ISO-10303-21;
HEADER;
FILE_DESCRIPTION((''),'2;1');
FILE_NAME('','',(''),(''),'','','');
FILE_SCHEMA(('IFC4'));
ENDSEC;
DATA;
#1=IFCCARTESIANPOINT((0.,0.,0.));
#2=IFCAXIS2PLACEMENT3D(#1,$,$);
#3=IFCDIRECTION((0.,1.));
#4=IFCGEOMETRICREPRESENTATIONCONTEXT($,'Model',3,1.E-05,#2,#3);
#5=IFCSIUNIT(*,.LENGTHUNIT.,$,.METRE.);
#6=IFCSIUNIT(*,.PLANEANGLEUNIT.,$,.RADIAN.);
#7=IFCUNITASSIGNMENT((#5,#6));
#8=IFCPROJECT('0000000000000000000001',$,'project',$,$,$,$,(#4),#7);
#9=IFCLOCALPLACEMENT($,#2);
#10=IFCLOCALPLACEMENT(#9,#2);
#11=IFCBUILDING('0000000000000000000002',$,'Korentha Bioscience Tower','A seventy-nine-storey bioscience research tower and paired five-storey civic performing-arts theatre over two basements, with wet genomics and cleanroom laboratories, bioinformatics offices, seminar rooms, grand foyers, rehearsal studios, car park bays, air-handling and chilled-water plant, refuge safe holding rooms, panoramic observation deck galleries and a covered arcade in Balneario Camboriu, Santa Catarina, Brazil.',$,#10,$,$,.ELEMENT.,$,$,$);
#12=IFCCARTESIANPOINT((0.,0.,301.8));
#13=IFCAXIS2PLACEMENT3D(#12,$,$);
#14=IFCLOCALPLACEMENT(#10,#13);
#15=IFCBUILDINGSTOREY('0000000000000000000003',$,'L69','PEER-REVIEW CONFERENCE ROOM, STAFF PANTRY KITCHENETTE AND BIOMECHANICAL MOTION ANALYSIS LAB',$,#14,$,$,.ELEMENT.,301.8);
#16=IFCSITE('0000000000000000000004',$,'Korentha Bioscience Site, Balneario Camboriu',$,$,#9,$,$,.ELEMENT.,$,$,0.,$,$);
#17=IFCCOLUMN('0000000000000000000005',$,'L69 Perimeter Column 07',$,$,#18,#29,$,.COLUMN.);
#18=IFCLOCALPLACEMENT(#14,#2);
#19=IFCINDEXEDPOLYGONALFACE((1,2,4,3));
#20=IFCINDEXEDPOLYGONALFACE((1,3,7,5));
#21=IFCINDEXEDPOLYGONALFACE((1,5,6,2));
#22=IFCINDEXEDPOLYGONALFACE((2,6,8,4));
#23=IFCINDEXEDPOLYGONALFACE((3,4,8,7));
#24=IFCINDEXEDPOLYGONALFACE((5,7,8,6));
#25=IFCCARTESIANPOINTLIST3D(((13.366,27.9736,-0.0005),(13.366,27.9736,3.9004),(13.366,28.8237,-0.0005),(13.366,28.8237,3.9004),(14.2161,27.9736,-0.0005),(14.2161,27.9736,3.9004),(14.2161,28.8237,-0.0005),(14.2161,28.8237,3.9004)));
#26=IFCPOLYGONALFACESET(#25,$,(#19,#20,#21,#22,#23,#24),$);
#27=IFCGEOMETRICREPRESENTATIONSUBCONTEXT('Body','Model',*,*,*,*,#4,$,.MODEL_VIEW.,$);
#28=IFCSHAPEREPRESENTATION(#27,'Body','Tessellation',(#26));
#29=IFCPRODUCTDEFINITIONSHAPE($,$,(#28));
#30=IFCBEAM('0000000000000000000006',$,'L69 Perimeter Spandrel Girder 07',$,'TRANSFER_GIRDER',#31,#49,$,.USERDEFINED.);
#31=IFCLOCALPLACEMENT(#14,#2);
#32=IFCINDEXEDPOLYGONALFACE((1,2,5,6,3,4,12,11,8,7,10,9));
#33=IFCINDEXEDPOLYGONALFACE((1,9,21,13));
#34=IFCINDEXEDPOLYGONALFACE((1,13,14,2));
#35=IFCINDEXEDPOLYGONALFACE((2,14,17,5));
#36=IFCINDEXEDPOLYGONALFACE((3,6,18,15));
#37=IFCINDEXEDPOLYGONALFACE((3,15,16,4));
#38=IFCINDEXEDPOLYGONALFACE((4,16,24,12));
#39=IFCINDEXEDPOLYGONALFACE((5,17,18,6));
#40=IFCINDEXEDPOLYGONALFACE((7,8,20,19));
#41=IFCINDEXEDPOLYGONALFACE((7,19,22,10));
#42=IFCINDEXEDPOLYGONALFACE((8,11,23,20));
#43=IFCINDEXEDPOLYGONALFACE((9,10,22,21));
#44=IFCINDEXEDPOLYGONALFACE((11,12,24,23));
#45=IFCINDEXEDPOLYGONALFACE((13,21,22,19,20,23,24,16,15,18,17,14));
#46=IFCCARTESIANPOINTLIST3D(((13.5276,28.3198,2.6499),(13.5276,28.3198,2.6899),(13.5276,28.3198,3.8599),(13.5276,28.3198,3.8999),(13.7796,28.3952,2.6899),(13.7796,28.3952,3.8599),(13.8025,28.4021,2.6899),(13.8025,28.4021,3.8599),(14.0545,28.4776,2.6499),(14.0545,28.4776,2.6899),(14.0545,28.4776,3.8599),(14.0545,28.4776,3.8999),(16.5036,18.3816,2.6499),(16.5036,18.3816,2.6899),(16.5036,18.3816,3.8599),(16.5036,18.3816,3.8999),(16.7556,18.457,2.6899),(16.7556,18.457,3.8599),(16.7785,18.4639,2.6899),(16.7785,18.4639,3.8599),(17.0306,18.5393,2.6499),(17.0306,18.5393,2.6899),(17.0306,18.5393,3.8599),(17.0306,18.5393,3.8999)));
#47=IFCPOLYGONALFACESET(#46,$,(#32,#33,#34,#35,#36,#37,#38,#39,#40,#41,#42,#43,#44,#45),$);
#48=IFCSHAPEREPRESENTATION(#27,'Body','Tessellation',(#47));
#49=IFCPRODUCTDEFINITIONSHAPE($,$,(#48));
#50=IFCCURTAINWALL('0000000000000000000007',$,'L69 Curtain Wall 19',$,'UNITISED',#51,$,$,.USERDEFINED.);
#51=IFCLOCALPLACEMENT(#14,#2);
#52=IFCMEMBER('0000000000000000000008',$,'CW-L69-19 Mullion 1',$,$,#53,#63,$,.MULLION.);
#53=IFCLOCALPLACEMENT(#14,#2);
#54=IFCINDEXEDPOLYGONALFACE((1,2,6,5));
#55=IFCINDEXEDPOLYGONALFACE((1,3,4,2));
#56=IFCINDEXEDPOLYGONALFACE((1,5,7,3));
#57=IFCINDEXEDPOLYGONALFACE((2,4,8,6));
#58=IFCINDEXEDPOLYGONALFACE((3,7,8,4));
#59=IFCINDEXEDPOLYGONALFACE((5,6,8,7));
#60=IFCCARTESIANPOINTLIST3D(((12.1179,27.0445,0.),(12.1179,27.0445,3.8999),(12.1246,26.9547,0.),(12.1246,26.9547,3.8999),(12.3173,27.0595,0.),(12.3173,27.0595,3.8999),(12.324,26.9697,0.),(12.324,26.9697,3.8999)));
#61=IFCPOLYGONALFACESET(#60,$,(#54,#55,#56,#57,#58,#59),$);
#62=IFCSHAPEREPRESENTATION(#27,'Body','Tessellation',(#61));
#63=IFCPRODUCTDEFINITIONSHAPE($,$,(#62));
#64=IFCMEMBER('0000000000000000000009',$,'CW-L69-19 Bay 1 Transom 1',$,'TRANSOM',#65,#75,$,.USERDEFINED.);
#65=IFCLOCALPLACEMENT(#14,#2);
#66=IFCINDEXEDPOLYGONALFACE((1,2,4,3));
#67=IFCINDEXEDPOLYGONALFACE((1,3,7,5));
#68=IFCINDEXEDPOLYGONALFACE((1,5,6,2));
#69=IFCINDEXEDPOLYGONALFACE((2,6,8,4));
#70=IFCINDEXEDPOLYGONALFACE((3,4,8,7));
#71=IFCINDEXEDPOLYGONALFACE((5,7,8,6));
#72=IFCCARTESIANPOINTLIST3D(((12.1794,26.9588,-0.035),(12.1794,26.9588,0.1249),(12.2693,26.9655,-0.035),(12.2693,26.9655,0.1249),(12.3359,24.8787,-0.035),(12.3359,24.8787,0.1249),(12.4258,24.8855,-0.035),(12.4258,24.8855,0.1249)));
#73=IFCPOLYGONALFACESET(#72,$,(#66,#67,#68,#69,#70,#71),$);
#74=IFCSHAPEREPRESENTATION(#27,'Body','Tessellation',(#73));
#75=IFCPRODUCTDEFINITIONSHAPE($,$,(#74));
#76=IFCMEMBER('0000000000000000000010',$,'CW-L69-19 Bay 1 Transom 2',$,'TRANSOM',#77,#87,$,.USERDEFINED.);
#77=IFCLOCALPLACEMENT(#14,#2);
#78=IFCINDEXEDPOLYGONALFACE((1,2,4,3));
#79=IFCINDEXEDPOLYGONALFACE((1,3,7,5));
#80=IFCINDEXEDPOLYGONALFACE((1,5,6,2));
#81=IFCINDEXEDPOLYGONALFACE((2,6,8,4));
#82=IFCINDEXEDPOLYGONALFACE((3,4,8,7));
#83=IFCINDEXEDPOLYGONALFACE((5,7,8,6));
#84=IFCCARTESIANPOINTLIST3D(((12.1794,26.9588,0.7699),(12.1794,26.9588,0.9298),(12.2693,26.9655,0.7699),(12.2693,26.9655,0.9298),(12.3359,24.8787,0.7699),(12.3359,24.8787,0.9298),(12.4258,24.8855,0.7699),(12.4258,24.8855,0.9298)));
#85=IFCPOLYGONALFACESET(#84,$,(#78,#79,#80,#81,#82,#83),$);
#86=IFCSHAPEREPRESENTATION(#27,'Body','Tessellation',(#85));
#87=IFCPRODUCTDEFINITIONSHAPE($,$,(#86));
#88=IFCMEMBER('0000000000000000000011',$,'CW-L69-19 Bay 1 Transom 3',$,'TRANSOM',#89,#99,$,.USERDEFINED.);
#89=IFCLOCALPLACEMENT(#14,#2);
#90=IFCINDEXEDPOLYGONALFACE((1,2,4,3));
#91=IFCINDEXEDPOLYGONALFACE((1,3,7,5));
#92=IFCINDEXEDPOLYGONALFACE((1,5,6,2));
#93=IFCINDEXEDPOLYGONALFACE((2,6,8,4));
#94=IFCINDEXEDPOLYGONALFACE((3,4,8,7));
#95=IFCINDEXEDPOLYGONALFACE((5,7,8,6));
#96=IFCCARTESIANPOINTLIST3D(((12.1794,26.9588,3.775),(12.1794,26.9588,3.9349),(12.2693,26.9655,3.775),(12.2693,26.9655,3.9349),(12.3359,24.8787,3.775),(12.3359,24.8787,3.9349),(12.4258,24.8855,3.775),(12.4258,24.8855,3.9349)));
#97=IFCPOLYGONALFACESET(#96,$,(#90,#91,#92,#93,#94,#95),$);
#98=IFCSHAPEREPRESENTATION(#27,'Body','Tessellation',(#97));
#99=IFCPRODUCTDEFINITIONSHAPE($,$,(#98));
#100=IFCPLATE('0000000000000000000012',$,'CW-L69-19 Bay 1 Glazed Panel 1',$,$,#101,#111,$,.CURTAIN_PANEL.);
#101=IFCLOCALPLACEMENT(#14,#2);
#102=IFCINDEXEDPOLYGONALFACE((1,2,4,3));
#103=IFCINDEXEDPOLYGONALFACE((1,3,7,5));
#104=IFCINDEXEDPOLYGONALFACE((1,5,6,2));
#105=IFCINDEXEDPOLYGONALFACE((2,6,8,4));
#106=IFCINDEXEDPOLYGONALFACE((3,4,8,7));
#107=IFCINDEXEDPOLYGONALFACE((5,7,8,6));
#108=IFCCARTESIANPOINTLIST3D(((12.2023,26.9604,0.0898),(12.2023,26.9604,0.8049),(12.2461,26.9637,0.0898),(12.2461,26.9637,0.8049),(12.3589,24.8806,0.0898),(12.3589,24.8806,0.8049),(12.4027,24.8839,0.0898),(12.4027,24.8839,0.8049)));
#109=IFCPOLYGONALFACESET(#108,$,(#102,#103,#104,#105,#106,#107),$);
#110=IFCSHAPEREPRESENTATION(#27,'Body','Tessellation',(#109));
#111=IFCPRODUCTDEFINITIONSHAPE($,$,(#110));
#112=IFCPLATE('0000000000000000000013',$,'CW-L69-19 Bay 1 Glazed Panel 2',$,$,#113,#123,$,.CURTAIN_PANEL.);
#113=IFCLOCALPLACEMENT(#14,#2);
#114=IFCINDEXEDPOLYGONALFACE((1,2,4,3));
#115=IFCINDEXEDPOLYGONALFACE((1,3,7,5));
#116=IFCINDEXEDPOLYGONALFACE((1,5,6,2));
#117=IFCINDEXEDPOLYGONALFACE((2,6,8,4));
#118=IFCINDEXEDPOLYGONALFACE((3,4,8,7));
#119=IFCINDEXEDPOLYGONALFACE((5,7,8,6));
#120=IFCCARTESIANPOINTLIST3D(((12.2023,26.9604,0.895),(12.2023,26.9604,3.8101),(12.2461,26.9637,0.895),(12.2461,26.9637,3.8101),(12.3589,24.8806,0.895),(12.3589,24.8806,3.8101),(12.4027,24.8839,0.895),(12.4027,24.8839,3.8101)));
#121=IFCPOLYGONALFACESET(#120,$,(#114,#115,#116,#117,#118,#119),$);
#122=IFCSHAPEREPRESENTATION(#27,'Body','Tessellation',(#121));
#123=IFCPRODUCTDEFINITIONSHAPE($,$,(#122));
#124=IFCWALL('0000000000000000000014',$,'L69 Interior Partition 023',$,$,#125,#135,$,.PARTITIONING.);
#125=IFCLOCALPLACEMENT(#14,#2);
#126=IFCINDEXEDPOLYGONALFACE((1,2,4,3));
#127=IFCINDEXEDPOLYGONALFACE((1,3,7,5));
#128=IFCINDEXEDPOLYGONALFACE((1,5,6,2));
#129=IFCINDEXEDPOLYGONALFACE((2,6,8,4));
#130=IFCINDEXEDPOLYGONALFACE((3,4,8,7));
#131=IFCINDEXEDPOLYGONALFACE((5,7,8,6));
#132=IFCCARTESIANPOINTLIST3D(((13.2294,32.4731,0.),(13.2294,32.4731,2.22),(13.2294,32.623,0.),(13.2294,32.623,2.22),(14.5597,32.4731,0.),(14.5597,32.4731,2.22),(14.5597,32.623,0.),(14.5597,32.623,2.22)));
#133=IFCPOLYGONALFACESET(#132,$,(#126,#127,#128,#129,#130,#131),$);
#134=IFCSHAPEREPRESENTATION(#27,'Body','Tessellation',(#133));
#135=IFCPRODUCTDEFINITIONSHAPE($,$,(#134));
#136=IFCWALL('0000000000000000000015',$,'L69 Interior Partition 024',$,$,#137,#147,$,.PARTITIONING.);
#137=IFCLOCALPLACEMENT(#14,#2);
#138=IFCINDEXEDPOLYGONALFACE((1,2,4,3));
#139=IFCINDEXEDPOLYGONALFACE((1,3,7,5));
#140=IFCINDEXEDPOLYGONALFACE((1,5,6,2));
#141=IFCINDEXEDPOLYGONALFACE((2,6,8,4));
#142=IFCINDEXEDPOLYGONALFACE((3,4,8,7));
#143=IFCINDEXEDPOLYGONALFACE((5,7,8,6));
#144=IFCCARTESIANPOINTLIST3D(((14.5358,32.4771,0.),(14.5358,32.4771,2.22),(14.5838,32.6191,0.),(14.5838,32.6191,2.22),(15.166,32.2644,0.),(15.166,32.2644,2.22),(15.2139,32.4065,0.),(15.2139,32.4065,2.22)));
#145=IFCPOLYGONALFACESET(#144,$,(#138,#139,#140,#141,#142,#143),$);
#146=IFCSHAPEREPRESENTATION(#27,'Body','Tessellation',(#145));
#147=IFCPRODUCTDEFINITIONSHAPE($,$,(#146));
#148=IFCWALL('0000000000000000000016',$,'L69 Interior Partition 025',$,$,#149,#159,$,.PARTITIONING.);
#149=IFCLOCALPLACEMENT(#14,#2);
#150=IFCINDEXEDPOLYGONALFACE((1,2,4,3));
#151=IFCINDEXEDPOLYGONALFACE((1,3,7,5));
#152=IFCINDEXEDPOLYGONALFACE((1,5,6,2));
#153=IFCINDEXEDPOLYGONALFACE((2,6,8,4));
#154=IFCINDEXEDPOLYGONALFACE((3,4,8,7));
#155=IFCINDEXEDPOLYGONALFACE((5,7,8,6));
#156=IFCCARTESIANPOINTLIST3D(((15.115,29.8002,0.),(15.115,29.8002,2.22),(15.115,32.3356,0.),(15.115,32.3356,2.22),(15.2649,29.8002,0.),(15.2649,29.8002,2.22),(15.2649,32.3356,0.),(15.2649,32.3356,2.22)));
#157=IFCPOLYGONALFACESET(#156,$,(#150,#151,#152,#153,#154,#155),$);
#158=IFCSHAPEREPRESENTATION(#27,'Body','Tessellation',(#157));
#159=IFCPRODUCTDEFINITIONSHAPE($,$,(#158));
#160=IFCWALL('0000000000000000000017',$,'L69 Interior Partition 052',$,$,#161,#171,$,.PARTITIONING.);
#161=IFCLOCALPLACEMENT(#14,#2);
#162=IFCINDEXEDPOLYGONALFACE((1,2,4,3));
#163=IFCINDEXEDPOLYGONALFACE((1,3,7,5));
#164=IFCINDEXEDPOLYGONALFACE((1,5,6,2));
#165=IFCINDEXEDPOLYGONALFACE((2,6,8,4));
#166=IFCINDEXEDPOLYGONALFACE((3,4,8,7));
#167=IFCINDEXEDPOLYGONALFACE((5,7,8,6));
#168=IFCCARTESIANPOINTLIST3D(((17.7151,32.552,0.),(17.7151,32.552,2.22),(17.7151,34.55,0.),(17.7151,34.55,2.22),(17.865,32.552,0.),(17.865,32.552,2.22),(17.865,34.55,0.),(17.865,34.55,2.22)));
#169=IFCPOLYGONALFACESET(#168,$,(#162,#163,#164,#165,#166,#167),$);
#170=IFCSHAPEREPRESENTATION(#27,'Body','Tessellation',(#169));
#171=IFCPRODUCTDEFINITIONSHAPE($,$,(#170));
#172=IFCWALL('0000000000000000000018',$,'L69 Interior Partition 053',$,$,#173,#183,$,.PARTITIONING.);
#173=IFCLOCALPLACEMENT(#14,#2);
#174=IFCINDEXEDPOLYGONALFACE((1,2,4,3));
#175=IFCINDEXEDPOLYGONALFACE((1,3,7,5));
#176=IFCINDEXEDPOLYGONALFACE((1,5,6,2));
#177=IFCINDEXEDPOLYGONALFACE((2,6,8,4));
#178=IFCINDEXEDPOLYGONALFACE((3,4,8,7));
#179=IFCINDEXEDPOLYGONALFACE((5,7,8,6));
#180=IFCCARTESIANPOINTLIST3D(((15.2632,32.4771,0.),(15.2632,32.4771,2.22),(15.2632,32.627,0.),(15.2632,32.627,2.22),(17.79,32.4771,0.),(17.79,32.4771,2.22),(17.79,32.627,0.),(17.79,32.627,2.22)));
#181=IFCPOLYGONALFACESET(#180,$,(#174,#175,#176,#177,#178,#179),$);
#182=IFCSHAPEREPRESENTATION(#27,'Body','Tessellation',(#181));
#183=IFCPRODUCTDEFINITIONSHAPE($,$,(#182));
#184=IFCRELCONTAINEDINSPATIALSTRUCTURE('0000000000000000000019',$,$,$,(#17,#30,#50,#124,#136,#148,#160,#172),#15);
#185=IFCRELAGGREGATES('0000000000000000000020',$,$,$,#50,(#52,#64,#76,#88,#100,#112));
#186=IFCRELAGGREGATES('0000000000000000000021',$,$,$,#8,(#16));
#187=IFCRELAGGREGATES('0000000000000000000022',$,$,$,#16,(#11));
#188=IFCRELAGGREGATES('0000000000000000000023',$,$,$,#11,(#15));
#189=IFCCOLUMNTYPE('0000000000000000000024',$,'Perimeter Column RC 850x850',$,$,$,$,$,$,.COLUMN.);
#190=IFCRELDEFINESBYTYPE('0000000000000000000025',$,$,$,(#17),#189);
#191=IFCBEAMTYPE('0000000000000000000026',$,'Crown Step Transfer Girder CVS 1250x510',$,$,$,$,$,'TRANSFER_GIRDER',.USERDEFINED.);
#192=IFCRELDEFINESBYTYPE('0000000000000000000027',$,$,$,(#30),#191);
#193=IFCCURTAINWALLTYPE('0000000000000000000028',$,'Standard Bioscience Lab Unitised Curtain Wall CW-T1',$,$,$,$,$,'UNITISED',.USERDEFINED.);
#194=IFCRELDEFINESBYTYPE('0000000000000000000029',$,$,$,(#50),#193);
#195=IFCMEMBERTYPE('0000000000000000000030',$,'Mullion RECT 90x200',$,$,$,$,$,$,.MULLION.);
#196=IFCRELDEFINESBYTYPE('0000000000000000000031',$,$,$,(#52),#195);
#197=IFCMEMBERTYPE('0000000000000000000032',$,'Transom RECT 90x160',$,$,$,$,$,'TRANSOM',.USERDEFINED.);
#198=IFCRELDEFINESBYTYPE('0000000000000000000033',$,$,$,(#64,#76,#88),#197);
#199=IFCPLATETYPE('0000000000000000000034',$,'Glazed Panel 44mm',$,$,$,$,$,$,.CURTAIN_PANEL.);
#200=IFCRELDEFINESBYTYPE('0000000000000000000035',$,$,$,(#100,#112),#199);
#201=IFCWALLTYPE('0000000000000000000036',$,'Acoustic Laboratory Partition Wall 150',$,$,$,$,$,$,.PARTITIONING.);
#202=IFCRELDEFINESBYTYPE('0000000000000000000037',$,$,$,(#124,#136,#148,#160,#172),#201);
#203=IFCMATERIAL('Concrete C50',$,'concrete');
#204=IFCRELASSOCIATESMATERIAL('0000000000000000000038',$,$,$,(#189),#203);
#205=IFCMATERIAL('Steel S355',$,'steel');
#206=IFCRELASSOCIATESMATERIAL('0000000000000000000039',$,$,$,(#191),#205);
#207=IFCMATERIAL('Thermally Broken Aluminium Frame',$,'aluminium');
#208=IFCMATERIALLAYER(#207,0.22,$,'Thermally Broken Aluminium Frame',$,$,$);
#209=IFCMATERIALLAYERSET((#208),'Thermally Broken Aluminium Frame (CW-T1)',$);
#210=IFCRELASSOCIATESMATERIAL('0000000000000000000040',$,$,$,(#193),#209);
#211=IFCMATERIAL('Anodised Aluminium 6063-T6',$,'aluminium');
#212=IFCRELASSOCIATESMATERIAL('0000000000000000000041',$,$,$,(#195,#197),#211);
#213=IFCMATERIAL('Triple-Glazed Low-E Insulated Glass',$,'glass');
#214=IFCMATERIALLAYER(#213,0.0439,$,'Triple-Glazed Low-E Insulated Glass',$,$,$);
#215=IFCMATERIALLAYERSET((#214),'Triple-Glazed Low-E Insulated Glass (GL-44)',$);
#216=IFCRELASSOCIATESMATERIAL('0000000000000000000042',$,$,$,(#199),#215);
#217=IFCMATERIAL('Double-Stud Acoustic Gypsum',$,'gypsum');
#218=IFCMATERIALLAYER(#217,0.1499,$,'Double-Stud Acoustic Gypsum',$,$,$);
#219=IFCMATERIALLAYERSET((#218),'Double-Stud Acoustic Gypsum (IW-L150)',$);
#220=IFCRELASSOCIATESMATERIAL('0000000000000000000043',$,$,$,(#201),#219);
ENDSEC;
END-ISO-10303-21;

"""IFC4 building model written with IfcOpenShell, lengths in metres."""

from ifc_helpers import new_model, si_unit, direction, frame, frame_2d, origin, origin_2d, place, context, subcontext, project, spatial, rectangle, i_section, extrude, material, layer, layer_set, material_profile, profile_set, type_object, element, aggregate, save


model = new_model("IFC4")

# Units and contexts
model_context = context("Model", 3, precision=1e-05, world=origin(), true_north=direction((0.0, 1.0)))
body_context = subcontext(model_context, "Body", "Model", "MODEL_VIEW")
ifc_project = project(units=[si_unit("LENGTHUNIT", "METRE"), si_unit("PLANEANGLEUNIT", "RADIAN")], contexts=[model_context])

# Site, building, storey
site_placement = place(None, origin())
site = spatial("IfcSite", under=ifc_project, at=site_placement, Name="Korentha Bioscience Site, Balneario Camboriu", CompositionType="ELEMENT", RefElevation=0.0)
building_placement = place(site_placement, origin())
building = spatial("IfcBuilding", under=site, at=building_placement, Name="Korentha Bioscience Tower", Description="A seventy-nine-storey bioscience research tower and paired five-storey civic performing-arts theatre over two basements, with wet genomics and cleanroom laboratories, bioinformatics offices, seminar rooms, grand foyers, rehearsal studios, car park bays, air-handling and chilled-water plant, refuge safe holding rooms, panoramic observation deck galleries and a covered arcade in Balneario Camboriu, Santa Catarina, Brazil.", CompositionType="ELEMENT")
storey_placement = place(building_placement, frame((0.0, 0.0, 301.8)))
storey = spatial("IfcBuildingStorey", under=building, at=storey_placement, Name="L69", Description="PEER-REVIEW CONFERENCE ROOM, STAFF PANTRY KITCHENETTE AND BIOMECHANICAL MOTION ANALYSIS LAB", CompositionType="ELEMENT", Elevation=301.8)

# Column
ifc_material_1 = material(Name="Concrete C50", Category="concrete")
ifc_material_profile_1 = material_profile(ifc_material_1, rectangle(XDim=0.8501, YDim=0.8501, at=origin_2d()), Name="Concrete C50")
ifc_profile_set_1 = profile_set([ifc_material_profile_1], Name="Concrete C50 (COL-P08)")
column_type = type_object("IfcColumnType", Name="Perimeter Column RC 850x850", PredefinedType="COLUMN", material=ifc_profile_set_1)
column_placement = place(storey_placement, frame((13.791, 28.3987, -0.0005), z_axis=(0.0, 0.0, 1.0), x_axis=(0.0, 1.0, 0.0)))
element("IfcColumn", 1, at=column_placement, inside=storey, type_object=column_type, Name="L69 Perimeter Column 07", PredefinedType="COLUMN", context=body_context, shape_type="SweptSolid", body=[
    extrude(rectangle(XDim=0.8501, YDim=0.8501, at=origin_2d()), origin(), (0.0, 0.0, 1.0), 3.9009),
])

# Beam
ifc_material_2 = material(Name="Steel S355", Category="steel")
ifc_material_profile_2 = material_profile(ifc_material_2, i_section(OverallWidth=0.55, OverallDepth=1.25, WebThickness=0.0239, FlangeThickness=0.04, at=origin_2d()), Name="Steel S355")
ifc_profile_set_2 = profile_set([ifc_material_profile_2], Name="Steel S355 (TG-03)")
beam_type = type_object("IfcBeamType", Name="Crown Step Transfer Girder CVS 1250x510", ElementType="TRANSFER_GIRDER", PredefinedType="USERDEFINED", material=ifc_profile_set_2)
beam_placement = place(storey_placement, frame((13.791, 28.3987, 3.2749), z_axis=(0.286871, -0.957969, 0.0), x_axis=(0.957969, 0.286871, 0.0)))
element("IfcBeam", 2, at=beam_placement, inside=storey, type_object=beam_type, Name="L69 Perimeter Spandrel Girder 07", ObjectType="TRANSFER_GIRDER", PredefinedType="USERDEFINED", context=body_context, shape_type="SweptSolid", body=[
    extrude(i_section(OverallWidth=0.55, OverallDepth=1.25, WebThickness=0.0239, FlangeThickness=0.04, at=origin_2d()), origin(), (0.0, 0.0, 1.0), 10.3743),
])

# Curtain wall, members, plates
ifc_material_3 = material(Name="Thermally Broken Aluminium Frame", Category="aluminium")
ifc_layer_1 = layer(ifc_material_3, 0.22, Name="Thermally Broken Aluminium Frame")
ifc_layer_set_1 = layer_set([ifc_layer_1], Name="Thermally Broken Aluminium Frame (CW-T1)")
curtain_wall_type = type_object("IfcCurtainWallType", Name="Standard Bioscience Lab Unitised Curtain Wall CW-T1", ElementType="UNITISED", PredefinedType="USERDEFINED", material=ifc_layer_set_1)
curtain_wall_placement = place(storey_placement, origin())
curtain_wall = element("IfcCurtainWall", 3, at=curtain_wall_placement, inside=storey, type_object=curtain_wall_type, Name="L69 Curtain Wall 19", ObjectType="UNITISED", PredefinedType="USERDEFINED")
ifc_material_4 = material(Name="Anodised Aluminium 6063-T6", Category="aluminium")
ifc_material_profile_3 = material_profile(ifc_material_4, rectangle(XDim=0.0901, YDim=0.2, at=origin_2d()), Name="Anodised Aluminium 6063-T6")
ifc_profile_set_3 = profile_set([ifc_material_profile_3], Name="Anodised Aluminium 6063-T6 (CW-MUL)")
member_type_1 = type_object("IfcMemberType", Name="Mullion RECT 90x200", PredefinedType="MULLION", material=ifc_profile_set_3)
member_1_placement = place(storey_placement, frame((12.2209, 27.0071, 0.0), z_axis=(0.0, 0.0, 1.0), x_axis=(0.075073, -0.997178, 0.0)))
member_1 = element("IfcMember", 4, at=member_1_placement, type_object=member_type_1, Name="CW-L69-19 Mullion 1", PredefinedType="MULLION", context=body_context, shape_type="SweptSolid", body=[
    extrude(rectangle(XDim=0.0901, YDim=0.2, at=origin_2d()), origin(), (0.0, 0.0, 1.0), 3.8999),
])
ifc_material_profile_4 = material_profile(ifc_material_4, rectangle(XDim=0.0901, YDim=0.1599, at=origin_2d()), Name="Anodised Aluminium 6063-T6")
ifc_profile_set_4 = profile_set([ifc_material_profile_4], Name="Anodised Aluminium 6063-T6 (CW-TRN)")
member_type_2 = type_object("IfcMemberType", Name="Transom RECT 90x160", ElementType="TRANSOM", PredefinedType="USERDEFINED", material=ifc_profile_set_4)
member_2_placement = place(storey_placement, frame((12.2244, 26.9622, 0.0449), z_axis=(0.075023, -0.997182, 0.0), x_axis=(0.997182, 0.075023, 0.0)))
member_2 = element("IfcMember", 5, at=member_2_placement, type_object=member_type_2, Name="CW-L69-19 Bay 1 Transom 1", ObjectType="TRANSOM", PredefinedType="USERDEFINED", context=body_context, shape_type="SweptSolid", body=[
    extrude(rectangle(XDim=0.0901, YDim=0.1599, at=origin_2d()), origin(), (0.0, 0.0, 1.0), 2.0859),
])
member_3_placement = place(storey_placement, frame((12.2244, 26.9622, 0.8499), z_axis=(0.075023, -0.997182, 0.0), x_axis=(0.997182, 0.075023, 0.0)))
member_3 = element("IfcMember", 6, at=member_3_placement, type_object=member_type_2, Name="CW-L69-19 Bay 1 Transom 2", ObjectType="TRANSOM", PredefinedType="USERDEFINED", context=body_context, shape_type="SweptSolid", body=[
    extrude(rectangle(XDim=0.0901, YDim=0.1599, at=origin_2d()), origin(), (0.0, 0.0, 1.0), 2.0859),
])
member_4_placement = place(storey_placement, frame((12.2244, 26.9622, 3.855), z_axis=(0.075023, -0.997182, 0.0), x_axis=(0.997182, 0.075023, 0.0)))
member_4 = element("IfcMember", 7, at=member_4_placement, type_object=member_type_2, Name="CW-L69-19 Bay 1 Transom 3", ObjectType="TRANSOM", PredefinedType="USERDEFINED", context=body_context, shape_type="SweptSolid", body=[
    extrude(rectangle(XDim=0.0901, YDim=0.1599, at=origin_2d()), origin(), (0.0, 0.0, 1.0), 2.0859),
])
ifc_material_5 = material(Name="Triple-Glazed Low-E Insulated Glass", Category="glass")
ifc_layer_2 = layer(ifc_material_5, 0.0439, Name="Triple-Glazed Low-E Insulated Glass")
ifc_layer_set_2 = layer_set([ifc_layer_2], Name="Triple-Glazed Low-E Insulated Glass (GL-44)")
plate_type = type_object("IfcPlateType", Name="Glazed Panel 44mm", PredefinedType="CURTAIN_PANEL", material=ifc_layer_set_2)
plate_1_placement = place(storey_placement, frame((12.3025, 25.9221, 0.0898), z_axis=(0.0, 0.0, 1.0), x_axis=(0.075073, -0.997178, 0.0)))
plate_1 = element("IfcPlate", 8, at=plate_1_placement, type_object=plate_type, Name="CW-L69-19 Bay 1 Glazed Panel 1", PredefinedType="CURTAIN_PANEL", context=body_context, shape_type="SweptSolid", body=[
    extrude(rectangle(XDim=2.0857, YDim=0.0439, at=origin_2d()), origin(), (0.0, 0.0, 1.0), 0.7151),
])
plate_2_placement = place(storey_placement, frame((12.3025, 25.9221, 0.895), z_axis=(0.0, 0.0, 1.0), x_axis=(0.075073, -0.997178, 0.0)))
plate_2 = element("IfcPlate", 9, at=plate_2_placement, type_object=plate_type, Name="CW-L69-19 Bay 1 Glazed Panel 2", PredefinedType="CURTAIN_PANEL", context=body_context, shape_type="SweptSolid", body=[
    extrude(rectangle(XDim=2.0857, YDim=0.0439, at=origin_2d()), origin(), (0.0, 0.0, 1.0), 2.915),
])
aggregate(curtain_wall, [member_1, member_2, member_3, member_4, plate_1, plate_2])

# Shared definitions
ifc_material_6 = material(Name="Double-Stud Acoustic Gypsum", Category="gypsum")
ifc_layer_3 = layer(ifc_material_6, 0.1499, Name="Double-Stud Acoustic Gypsum")
ifc_layer_set_3 = layer_set([ifc_layer_3], Name="Double-Stud Acoustic Gypsum (IW-L150)")
wall_type_1 = type_object("IfcWallType", Name="Acoustic Laboratory Partition Wall 150", PredefinedType="PARTITIONING", material=ifc_layer_set_3)

# Walls
wall_1_placement = place(storey_placement, frame((13.2295, 32.5481, 0.0), z_axis=(0.0, 0.0, 1.0), x_axis=(1.0, 0.0, 0.0)))
element("IfcWall", 10, at=wall_1_placement, inside=storey, type_object=wall_type_1, Name="L69 Interior Partition 023", PredefinedType="PARTITIONING", context=body_context, shape_type="SweptSolid", body=[
    extrude(rectangle(XDim=1.3303, YDim=0.1499, at=frame_2d((0.665, 0.0))), origin(), (0.0, 0.0, 1.0), 2.22),
])
wall_2_placement = place(storey_placement, frame((14.5598, 32.5481, 0.0), z_axis=(0.0, 0.0, 1.0), x_axis=(0.947502, -0.31975, 0.0)))
element("IfcWall", 11, at=wall_2_placement, inside=storey, type_object=wall_type_1, Name="L69 Interior Partition 024", PredefinedType="PARTITIONING", context=body_context, shape_type="SweptSolid", body=[
    extrude(rectangle(XDim=0.665, YDim=0.1499, at=frame_2d((0.3325, 0.0))), origin(), (0.0, 0.0, 1.0), 2.22),
])
wall_3_placement = place(storey_placement, frame((15.1899, 32.3354, 0.0), z_axis=(0.0, 0.0, 1.0), x_axis=(0.0, -1.0, 0.0)))
element("IfcWall", 12, at=wall_3_placement, inside=storey, type_object=wall_type_1, Name="L69 Interior Partition 025", PredefinedType="PARTITIONING", context=body_context, shape_type="SweptSolid", body=[
    extrude(rectangle(XDim=2.5354, YDim=0.1499, at=frame_2d((1.2676, 0.0))), origin(), (0.0, 0.0, 1.0), 2.22),
])
wall_4_placement = place(storey_placement, frame((17.79, 34.55, 0.0), z_axis=(0.0, 0.0, 1.0), x_axis=(0.0, -1.0, 0.0)))
element("IfcWall", 13, at=wall_4_placement, inside=storey, type_object=wall_type_1, Name="L69 Interior Partition 052", PredefinedType="PARTITIONING", context=body_context, shape_type="SweptSolid", body=[
    extrude(rectangle(XDim=1.998, YDim=0.1499, at=frame_2d((0.999, 0.0))), origin(), (0.0, 0.0, 1.0), 2.22),
])
wall_5_placement = place(storey_placement, frame((17.79, 32.552, 0.0), z_axis=(0.0, 0.0, 1.0), x_axis=(-1.0, 0.0, 0.0)))
element("IfcWall", 14, at=wall_5_placement, inside=storey, type_object=wall_type_1, Name="L69 Interior Partition 053", PredefinedType="PARTITIONING", context=body_context, shape_type="SweptSolid", body=[
    extrude(rectangle(XDim=2.5269, YDim=0.1499, at=frame_2d((1.2634, 0.0))), origin(), (0.0, 0.0, 1.0), 2.22),
])

save(model, "model.ifc")
